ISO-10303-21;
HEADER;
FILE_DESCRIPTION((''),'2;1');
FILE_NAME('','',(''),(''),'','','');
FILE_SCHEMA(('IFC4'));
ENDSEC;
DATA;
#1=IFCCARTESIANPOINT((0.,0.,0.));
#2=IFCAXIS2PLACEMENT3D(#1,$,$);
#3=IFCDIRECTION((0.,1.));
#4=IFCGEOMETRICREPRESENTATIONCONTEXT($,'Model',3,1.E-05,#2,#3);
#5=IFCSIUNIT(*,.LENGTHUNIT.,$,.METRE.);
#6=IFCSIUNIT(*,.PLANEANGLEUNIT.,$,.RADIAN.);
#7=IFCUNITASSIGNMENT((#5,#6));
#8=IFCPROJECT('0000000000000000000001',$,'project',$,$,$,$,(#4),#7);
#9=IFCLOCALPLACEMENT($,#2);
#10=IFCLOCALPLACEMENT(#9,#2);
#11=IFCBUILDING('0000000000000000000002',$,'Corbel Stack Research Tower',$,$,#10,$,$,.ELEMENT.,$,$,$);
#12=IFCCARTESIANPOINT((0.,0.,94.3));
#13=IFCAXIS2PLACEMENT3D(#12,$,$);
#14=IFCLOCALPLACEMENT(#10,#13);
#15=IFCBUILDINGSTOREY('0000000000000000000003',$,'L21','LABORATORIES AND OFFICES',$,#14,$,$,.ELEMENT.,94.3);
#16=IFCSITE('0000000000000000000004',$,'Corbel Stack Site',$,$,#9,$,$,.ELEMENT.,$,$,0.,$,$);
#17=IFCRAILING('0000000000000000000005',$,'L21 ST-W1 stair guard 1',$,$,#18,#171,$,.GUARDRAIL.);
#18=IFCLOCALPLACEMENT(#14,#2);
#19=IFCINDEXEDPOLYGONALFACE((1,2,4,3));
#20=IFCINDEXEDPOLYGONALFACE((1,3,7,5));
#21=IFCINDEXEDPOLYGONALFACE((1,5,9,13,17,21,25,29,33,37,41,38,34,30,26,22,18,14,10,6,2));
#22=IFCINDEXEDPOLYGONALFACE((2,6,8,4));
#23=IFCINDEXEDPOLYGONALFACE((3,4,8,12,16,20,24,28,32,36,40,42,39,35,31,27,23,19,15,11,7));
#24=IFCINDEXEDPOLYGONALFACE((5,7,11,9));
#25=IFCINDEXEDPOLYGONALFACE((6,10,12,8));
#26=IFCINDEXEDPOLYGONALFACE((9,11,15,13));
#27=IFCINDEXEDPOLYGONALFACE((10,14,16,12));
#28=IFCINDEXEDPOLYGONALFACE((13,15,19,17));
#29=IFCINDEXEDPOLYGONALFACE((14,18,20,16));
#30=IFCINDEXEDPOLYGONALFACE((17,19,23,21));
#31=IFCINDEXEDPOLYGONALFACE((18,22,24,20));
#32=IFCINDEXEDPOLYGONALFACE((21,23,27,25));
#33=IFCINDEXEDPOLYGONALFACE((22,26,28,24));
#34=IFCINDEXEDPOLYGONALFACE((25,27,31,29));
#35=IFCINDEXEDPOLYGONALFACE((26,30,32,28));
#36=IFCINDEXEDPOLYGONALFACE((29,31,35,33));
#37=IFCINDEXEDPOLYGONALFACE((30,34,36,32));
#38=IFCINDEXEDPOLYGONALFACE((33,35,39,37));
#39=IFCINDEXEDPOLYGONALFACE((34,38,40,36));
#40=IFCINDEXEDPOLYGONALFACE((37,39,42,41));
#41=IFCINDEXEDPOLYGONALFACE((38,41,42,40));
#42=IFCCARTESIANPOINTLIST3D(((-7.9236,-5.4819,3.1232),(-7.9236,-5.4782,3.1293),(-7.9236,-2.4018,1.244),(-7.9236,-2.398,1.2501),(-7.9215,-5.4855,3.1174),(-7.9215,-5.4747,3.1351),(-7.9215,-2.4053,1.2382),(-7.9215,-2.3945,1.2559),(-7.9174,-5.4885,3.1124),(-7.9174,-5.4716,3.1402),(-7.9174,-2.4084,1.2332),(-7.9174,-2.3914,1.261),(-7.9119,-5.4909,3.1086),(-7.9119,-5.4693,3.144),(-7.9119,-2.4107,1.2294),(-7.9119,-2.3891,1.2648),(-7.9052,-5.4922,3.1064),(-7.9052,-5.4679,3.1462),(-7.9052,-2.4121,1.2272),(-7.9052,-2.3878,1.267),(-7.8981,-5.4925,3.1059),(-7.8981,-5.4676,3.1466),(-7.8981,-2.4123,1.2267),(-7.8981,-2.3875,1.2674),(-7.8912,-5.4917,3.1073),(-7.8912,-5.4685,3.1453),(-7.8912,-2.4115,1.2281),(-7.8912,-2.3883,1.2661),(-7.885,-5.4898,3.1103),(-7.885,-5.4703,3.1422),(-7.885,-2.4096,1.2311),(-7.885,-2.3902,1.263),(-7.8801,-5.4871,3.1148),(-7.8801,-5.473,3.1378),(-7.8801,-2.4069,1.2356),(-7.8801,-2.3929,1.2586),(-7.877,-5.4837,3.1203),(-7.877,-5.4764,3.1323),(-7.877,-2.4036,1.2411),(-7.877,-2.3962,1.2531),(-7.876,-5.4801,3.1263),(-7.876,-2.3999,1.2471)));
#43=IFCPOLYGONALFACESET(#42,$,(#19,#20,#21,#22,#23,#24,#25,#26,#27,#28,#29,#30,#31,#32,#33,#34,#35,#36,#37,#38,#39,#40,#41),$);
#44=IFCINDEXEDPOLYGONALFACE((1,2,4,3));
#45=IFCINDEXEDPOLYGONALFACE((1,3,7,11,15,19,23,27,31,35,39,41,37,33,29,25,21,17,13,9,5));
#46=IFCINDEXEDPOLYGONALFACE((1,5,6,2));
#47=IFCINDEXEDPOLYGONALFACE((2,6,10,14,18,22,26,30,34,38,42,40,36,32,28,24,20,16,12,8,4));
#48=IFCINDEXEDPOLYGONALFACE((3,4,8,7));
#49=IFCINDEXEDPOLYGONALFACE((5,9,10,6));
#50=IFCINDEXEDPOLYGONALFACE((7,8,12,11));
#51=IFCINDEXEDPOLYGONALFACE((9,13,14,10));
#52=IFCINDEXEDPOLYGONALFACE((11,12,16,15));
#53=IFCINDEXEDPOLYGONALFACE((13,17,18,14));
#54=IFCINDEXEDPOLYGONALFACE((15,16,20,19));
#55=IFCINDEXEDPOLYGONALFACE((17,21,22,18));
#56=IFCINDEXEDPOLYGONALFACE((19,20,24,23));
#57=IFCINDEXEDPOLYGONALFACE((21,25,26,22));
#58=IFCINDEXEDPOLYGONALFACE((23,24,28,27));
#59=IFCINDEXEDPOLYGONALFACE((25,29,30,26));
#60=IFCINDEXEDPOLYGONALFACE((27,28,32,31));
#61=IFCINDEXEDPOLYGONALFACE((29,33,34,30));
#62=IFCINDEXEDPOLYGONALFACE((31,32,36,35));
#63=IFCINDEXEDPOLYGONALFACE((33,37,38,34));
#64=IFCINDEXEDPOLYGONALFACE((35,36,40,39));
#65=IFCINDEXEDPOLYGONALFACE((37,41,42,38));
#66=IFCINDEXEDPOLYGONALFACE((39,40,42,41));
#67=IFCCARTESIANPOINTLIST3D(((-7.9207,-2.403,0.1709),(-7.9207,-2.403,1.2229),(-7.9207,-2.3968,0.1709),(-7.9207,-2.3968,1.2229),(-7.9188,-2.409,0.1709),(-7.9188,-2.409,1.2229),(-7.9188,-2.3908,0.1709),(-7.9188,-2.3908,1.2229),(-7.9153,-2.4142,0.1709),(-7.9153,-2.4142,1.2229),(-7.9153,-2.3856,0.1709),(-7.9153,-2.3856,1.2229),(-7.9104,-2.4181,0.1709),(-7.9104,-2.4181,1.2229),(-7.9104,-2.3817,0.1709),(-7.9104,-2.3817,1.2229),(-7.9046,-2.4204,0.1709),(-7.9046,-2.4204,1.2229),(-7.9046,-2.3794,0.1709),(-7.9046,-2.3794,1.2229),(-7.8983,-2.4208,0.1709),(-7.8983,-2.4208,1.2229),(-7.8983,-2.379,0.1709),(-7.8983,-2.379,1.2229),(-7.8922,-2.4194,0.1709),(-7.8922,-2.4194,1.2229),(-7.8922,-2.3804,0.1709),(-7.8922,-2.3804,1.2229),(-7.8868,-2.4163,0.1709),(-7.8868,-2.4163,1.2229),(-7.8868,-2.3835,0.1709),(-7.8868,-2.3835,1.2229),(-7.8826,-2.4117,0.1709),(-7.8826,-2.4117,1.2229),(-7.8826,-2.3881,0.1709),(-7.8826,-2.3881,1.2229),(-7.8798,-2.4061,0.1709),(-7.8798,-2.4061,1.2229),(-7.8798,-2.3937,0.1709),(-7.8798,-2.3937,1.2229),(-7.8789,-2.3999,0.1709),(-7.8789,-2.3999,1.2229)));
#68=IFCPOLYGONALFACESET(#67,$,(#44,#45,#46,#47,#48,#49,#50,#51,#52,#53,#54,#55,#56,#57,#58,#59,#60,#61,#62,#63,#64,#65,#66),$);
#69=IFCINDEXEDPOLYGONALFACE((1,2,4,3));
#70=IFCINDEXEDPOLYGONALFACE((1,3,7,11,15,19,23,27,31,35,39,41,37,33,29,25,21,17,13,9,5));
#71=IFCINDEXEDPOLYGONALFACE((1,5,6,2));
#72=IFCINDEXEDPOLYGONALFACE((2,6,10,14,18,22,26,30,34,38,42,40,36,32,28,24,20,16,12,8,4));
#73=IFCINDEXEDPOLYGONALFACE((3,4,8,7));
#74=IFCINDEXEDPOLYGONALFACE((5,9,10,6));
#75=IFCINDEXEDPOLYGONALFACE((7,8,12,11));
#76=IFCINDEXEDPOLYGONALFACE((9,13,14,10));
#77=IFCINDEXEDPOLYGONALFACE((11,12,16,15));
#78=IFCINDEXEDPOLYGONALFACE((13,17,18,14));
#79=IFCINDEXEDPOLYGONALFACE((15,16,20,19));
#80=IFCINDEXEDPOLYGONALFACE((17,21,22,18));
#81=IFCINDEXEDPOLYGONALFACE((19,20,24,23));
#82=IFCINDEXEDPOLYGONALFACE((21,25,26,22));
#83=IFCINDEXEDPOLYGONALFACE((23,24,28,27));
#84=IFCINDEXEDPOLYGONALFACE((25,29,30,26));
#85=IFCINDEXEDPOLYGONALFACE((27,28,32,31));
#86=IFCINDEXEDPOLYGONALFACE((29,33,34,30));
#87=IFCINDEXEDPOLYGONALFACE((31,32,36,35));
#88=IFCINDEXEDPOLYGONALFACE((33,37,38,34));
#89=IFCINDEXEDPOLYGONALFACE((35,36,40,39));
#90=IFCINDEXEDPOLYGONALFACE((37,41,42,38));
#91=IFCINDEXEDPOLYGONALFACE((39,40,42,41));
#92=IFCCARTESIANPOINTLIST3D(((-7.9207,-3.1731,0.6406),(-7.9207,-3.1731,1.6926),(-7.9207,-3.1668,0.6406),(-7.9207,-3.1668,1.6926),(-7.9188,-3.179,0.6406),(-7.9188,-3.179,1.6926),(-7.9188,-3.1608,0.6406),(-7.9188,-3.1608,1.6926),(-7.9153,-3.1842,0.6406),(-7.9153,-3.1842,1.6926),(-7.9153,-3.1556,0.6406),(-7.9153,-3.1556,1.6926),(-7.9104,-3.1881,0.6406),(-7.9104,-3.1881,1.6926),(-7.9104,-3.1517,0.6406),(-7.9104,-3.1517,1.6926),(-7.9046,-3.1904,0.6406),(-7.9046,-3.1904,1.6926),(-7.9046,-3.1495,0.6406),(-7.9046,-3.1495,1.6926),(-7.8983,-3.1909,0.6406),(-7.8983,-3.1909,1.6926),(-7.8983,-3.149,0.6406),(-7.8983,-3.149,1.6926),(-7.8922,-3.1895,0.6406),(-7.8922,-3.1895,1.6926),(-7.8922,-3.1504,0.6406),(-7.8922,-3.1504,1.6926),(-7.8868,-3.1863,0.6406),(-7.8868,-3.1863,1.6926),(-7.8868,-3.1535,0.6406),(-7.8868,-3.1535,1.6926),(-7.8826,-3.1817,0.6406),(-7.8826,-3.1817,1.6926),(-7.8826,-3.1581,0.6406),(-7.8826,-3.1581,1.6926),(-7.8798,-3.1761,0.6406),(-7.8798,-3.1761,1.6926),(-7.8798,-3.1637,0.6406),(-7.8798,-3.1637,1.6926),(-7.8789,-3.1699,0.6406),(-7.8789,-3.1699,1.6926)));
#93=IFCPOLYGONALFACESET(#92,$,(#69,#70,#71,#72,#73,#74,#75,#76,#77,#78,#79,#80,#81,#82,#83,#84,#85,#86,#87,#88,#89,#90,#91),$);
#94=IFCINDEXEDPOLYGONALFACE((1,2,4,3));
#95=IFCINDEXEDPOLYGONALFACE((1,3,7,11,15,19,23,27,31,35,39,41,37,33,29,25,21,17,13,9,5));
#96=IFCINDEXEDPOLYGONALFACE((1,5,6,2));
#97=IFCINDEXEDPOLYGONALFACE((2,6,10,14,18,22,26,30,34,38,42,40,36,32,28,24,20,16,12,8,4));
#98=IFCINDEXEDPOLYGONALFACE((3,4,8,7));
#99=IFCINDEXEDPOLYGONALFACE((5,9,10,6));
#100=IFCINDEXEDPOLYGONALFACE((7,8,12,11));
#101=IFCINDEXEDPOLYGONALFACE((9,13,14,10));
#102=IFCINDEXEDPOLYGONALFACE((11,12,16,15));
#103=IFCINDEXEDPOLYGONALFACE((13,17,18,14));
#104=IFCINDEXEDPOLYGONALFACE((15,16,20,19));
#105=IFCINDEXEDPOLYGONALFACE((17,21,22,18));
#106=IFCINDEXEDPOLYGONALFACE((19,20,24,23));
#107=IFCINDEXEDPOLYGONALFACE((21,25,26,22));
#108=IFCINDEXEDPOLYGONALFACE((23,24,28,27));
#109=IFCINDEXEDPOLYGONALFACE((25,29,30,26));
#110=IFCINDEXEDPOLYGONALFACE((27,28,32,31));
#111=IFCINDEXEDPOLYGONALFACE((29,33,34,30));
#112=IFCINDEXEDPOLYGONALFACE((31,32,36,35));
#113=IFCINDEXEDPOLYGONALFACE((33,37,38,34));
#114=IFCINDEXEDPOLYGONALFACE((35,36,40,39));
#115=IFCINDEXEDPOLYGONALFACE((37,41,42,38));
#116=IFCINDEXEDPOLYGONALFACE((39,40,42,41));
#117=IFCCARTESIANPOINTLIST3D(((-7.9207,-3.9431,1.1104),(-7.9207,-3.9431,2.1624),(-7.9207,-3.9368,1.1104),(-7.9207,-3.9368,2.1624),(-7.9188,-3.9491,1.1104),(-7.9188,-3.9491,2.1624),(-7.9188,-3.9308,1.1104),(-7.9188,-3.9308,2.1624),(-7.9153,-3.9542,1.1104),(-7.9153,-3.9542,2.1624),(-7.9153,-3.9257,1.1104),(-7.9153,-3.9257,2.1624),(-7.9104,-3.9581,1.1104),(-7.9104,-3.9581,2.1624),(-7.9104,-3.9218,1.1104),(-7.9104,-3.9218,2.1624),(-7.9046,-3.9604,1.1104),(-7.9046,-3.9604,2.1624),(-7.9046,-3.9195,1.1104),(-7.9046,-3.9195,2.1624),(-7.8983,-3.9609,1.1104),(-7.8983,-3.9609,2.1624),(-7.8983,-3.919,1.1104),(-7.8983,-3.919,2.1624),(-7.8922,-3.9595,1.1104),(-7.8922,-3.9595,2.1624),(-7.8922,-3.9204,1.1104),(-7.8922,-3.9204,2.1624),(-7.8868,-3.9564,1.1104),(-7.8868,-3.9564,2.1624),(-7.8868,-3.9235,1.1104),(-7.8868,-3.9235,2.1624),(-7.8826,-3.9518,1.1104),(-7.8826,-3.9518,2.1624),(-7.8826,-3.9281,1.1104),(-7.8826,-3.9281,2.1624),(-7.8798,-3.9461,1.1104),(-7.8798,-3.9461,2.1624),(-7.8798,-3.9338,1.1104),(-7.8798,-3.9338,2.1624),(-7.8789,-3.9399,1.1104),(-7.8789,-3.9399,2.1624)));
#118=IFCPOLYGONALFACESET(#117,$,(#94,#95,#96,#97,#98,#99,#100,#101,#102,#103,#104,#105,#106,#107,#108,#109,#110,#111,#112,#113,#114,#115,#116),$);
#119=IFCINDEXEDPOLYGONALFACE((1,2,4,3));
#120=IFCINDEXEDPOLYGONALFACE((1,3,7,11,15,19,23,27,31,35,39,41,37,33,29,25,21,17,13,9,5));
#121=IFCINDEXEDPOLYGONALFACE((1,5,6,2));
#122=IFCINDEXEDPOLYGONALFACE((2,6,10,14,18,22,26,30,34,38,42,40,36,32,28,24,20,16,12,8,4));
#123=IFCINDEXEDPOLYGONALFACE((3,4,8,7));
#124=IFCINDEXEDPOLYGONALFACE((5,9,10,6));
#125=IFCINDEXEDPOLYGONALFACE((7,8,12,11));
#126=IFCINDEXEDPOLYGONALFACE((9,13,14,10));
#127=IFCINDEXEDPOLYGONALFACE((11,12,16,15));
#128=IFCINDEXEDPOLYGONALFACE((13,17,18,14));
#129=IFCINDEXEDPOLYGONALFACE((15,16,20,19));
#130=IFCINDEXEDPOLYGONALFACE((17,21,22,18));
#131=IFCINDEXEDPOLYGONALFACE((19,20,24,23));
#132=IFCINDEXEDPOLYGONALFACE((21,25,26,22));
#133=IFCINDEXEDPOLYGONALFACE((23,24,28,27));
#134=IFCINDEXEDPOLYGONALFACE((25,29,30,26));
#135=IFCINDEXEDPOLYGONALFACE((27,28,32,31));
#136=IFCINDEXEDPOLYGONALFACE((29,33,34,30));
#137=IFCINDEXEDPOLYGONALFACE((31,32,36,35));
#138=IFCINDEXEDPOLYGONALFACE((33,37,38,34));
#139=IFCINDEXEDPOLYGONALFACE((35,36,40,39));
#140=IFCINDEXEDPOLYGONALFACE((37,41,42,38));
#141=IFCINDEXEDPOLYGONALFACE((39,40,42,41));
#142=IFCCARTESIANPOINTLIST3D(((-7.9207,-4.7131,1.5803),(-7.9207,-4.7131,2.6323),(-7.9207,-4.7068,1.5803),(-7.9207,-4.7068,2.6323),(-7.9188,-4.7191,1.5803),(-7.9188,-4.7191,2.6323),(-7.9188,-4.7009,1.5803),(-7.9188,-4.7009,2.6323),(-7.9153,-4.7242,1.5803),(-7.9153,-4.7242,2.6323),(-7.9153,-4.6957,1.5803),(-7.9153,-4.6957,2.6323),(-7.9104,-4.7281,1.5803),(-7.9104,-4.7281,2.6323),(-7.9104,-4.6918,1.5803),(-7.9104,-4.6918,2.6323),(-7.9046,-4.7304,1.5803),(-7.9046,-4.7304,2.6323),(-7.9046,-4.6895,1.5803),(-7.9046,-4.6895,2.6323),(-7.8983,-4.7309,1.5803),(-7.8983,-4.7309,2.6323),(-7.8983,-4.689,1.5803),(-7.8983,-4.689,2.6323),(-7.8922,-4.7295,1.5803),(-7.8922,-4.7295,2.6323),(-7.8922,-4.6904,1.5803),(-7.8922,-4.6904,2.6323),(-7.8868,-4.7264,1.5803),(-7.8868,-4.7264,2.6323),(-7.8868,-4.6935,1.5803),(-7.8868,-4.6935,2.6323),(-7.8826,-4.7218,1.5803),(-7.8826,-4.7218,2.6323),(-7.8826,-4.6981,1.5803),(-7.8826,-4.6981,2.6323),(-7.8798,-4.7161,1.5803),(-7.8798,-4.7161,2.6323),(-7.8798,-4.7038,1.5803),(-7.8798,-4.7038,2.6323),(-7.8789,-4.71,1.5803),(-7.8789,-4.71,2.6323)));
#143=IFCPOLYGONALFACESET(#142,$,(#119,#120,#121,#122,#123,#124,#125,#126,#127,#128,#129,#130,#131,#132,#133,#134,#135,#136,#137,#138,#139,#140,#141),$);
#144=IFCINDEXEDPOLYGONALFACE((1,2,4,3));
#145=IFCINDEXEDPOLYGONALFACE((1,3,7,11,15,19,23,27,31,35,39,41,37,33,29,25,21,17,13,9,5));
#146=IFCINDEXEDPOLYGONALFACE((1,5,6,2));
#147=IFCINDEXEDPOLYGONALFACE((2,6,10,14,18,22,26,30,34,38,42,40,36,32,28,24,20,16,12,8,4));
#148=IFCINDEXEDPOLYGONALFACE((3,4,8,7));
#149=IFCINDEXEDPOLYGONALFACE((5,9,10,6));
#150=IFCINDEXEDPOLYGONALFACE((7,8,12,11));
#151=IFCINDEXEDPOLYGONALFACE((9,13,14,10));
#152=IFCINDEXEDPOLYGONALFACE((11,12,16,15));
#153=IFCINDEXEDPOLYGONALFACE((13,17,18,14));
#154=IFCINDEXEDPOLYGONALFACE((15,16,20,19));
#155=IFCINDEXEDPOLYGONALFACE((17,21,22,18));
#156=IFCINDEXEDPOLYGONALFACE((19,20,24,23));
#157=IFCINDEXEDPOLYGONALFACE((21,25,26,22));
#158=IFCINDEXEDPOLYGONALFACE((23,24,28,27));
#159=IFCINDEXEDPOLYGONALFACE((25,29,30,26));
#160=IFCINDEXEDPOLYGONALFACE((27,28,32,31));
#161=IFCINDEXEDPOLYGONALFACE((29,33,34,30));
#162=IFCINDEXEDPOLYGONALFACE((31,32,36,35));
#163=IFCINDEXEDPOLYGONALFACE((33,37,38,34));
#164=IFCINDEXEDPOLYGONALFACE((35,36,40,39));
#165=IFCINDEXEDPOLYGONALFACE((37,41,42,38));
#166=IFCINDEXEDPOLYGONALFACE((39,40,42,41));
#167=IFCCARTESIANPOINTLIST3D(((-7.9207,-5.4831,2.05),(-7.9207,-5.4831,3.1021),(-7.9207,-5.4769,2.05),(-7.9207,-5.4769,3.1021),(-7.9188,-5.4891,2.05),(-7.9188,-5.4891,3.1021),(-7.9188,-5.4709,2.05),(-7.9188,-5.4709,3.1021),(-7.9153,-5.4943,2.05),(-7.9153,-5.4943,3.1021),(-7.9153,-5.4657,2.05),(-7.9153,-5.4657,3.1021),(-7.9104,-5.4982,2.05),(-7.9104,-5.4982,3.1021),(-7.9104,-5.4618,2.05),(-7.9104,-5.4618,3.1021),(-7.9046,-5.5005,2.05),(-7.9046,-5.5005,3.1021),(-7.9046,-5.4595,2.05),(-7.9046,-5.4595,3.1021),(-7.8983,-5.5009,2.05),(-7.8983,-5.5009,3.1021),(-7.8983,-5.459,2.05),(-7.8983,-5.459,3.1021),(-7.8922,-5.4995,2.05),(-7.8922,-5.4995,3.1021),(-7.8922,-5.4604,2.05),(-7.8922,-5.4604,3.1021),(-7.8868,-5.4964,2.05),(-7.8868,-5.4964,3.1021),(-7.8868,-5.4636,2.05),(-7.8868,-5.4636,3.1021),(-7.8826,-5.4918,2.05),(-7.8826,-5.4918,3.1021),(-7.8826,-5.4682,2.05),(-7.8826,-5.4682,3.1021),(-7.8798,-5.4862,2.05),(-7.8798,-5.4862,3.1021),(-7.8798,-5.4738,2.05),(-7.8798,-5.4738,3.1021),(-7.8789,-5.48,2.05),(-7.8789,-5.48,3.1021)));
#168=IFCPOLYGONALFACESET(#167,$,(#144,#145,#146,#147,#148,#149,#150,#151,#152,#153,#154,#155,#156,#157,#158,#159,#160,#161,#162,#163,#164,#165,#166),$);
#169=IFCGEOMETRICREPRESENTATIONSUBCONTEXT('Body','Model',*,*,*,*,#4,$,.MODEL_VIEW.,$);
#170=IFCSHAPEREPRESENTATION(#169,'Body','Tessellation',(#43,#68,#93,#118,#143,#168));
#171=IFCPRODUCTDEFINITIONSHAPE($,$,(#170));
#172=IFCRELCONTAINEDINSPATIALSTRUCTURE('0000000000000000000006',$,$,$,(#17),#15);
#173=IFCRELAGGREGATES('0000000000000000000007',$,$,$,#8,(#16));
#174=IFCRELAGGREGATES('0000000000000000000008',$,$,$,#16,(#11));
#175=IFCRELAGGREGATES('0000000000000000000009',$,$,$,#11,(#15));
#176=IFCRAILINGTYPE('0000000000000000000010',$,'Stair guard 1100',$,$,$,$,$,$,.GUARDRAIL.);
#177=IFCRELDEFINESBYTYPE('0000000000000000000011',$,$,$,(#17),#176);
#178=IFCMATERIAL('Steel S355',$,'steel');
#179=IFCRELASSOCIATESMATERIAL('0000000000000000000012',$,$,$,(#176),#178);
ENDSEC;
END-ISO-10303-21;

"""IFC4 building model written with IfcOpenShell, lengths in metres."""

from ifc_helpers import new_model, si_unit, direction, frame, origin, origin_2d, place, context, subcontext, project, spatial, circle, extrude, material, type_object, element, save


model = new_model("IFC4")

# Units and contexts
model_context = context("Model", 3, precision=1e-05, world=origin(), true_north=direction((0.0, 1.0)))
body_context = subcontext(model_context, "Body", "Model", "MODEL_VIEW")
ifc_project = project(units=[si_unit("LENGTHUNIT", "METRE"), si_unit("PLANEANGLEUNIT", "RADIAN")], contexts=[model_context])

# Site, building, storey
site_placement = place(None, origin())
site = spatial("IfcSite", under=ifc_project, at=site_placement, Name="Corbel Stack Site", CompositionType="ELEMENT", RefElevation=0.0)
building_placement = place(site_placement, origin())
building = spatial("IfcBuilding", under=site, at=building_placement, Name="Corbel Stack Research Tower", CompositionType="ELEMENT")
storey_placement = place(building_placement, frame((0.0, 0.0, 94.3)))
storey = spatial("IfcBuildingStorey", under=building, at=storey_placement, Name="L21", Description="LABORATORIES AND OFFICES", CompositionType="ELEMENT", Elevation=94.3)

# Railing
ifc_material_1 = material(Name="Steel S355", Category="steel")
railing_type_1 = type_object("IfcRailingType", Name="Stair guard 1100", PredefinedType="GUARDRAIL", material=ifc_material_1)
railing_1_placement = place(storey_placement, frame((-7.8999, -2.3999, 0.1709)))
element("IfcRailing", 1, at=railing_1_placement, inside=storey, type_object=railing_type_1, Name="L21 ST-W1 stair guard 1", PredefinedType="GUARDRAIL", context=body_context, shape_type="SweptSolid", body=[
    extrude(circle(Radius=0.0239, at=origin_2d()), frame((0.0, 0.0, 1.0762), z_axis=(0.0, -0.853666, 0.52082), x_axis=(1.0, 0.0, 0.0)), (0.0, 0.0, 1.0), 3.6082),
    extrude(circle(Radius=0.021, at=origin_2d()), origin(), (0.0, 0.0, 1.0), 1.052),
    extrude(circle(Radius=0.021, at=origin_2d()), frame((0.0, -0.77, 0.4697)), (0.0, 0.0, 1.0), 1.052),
    extrude(circle(Radius=0.021, at=origin_2d()), frame((0.0, -1.54, 0.9395)), (0.0, 0.0, 1.0), 1.052),
    extrude(circle(Radius=0.021, at=origin_2d()), frame((0.0, -2.3101, 1.4094)), (0.0, 0.0, 1.0), 1.052),
    extrude(circle(Radius=0.021, at=origin_2d()), frame((0.0, -3.0801, 1.8792)), (0.0, 0.0, 1.0), 1.052),
])

save(model, "model.ifc")
